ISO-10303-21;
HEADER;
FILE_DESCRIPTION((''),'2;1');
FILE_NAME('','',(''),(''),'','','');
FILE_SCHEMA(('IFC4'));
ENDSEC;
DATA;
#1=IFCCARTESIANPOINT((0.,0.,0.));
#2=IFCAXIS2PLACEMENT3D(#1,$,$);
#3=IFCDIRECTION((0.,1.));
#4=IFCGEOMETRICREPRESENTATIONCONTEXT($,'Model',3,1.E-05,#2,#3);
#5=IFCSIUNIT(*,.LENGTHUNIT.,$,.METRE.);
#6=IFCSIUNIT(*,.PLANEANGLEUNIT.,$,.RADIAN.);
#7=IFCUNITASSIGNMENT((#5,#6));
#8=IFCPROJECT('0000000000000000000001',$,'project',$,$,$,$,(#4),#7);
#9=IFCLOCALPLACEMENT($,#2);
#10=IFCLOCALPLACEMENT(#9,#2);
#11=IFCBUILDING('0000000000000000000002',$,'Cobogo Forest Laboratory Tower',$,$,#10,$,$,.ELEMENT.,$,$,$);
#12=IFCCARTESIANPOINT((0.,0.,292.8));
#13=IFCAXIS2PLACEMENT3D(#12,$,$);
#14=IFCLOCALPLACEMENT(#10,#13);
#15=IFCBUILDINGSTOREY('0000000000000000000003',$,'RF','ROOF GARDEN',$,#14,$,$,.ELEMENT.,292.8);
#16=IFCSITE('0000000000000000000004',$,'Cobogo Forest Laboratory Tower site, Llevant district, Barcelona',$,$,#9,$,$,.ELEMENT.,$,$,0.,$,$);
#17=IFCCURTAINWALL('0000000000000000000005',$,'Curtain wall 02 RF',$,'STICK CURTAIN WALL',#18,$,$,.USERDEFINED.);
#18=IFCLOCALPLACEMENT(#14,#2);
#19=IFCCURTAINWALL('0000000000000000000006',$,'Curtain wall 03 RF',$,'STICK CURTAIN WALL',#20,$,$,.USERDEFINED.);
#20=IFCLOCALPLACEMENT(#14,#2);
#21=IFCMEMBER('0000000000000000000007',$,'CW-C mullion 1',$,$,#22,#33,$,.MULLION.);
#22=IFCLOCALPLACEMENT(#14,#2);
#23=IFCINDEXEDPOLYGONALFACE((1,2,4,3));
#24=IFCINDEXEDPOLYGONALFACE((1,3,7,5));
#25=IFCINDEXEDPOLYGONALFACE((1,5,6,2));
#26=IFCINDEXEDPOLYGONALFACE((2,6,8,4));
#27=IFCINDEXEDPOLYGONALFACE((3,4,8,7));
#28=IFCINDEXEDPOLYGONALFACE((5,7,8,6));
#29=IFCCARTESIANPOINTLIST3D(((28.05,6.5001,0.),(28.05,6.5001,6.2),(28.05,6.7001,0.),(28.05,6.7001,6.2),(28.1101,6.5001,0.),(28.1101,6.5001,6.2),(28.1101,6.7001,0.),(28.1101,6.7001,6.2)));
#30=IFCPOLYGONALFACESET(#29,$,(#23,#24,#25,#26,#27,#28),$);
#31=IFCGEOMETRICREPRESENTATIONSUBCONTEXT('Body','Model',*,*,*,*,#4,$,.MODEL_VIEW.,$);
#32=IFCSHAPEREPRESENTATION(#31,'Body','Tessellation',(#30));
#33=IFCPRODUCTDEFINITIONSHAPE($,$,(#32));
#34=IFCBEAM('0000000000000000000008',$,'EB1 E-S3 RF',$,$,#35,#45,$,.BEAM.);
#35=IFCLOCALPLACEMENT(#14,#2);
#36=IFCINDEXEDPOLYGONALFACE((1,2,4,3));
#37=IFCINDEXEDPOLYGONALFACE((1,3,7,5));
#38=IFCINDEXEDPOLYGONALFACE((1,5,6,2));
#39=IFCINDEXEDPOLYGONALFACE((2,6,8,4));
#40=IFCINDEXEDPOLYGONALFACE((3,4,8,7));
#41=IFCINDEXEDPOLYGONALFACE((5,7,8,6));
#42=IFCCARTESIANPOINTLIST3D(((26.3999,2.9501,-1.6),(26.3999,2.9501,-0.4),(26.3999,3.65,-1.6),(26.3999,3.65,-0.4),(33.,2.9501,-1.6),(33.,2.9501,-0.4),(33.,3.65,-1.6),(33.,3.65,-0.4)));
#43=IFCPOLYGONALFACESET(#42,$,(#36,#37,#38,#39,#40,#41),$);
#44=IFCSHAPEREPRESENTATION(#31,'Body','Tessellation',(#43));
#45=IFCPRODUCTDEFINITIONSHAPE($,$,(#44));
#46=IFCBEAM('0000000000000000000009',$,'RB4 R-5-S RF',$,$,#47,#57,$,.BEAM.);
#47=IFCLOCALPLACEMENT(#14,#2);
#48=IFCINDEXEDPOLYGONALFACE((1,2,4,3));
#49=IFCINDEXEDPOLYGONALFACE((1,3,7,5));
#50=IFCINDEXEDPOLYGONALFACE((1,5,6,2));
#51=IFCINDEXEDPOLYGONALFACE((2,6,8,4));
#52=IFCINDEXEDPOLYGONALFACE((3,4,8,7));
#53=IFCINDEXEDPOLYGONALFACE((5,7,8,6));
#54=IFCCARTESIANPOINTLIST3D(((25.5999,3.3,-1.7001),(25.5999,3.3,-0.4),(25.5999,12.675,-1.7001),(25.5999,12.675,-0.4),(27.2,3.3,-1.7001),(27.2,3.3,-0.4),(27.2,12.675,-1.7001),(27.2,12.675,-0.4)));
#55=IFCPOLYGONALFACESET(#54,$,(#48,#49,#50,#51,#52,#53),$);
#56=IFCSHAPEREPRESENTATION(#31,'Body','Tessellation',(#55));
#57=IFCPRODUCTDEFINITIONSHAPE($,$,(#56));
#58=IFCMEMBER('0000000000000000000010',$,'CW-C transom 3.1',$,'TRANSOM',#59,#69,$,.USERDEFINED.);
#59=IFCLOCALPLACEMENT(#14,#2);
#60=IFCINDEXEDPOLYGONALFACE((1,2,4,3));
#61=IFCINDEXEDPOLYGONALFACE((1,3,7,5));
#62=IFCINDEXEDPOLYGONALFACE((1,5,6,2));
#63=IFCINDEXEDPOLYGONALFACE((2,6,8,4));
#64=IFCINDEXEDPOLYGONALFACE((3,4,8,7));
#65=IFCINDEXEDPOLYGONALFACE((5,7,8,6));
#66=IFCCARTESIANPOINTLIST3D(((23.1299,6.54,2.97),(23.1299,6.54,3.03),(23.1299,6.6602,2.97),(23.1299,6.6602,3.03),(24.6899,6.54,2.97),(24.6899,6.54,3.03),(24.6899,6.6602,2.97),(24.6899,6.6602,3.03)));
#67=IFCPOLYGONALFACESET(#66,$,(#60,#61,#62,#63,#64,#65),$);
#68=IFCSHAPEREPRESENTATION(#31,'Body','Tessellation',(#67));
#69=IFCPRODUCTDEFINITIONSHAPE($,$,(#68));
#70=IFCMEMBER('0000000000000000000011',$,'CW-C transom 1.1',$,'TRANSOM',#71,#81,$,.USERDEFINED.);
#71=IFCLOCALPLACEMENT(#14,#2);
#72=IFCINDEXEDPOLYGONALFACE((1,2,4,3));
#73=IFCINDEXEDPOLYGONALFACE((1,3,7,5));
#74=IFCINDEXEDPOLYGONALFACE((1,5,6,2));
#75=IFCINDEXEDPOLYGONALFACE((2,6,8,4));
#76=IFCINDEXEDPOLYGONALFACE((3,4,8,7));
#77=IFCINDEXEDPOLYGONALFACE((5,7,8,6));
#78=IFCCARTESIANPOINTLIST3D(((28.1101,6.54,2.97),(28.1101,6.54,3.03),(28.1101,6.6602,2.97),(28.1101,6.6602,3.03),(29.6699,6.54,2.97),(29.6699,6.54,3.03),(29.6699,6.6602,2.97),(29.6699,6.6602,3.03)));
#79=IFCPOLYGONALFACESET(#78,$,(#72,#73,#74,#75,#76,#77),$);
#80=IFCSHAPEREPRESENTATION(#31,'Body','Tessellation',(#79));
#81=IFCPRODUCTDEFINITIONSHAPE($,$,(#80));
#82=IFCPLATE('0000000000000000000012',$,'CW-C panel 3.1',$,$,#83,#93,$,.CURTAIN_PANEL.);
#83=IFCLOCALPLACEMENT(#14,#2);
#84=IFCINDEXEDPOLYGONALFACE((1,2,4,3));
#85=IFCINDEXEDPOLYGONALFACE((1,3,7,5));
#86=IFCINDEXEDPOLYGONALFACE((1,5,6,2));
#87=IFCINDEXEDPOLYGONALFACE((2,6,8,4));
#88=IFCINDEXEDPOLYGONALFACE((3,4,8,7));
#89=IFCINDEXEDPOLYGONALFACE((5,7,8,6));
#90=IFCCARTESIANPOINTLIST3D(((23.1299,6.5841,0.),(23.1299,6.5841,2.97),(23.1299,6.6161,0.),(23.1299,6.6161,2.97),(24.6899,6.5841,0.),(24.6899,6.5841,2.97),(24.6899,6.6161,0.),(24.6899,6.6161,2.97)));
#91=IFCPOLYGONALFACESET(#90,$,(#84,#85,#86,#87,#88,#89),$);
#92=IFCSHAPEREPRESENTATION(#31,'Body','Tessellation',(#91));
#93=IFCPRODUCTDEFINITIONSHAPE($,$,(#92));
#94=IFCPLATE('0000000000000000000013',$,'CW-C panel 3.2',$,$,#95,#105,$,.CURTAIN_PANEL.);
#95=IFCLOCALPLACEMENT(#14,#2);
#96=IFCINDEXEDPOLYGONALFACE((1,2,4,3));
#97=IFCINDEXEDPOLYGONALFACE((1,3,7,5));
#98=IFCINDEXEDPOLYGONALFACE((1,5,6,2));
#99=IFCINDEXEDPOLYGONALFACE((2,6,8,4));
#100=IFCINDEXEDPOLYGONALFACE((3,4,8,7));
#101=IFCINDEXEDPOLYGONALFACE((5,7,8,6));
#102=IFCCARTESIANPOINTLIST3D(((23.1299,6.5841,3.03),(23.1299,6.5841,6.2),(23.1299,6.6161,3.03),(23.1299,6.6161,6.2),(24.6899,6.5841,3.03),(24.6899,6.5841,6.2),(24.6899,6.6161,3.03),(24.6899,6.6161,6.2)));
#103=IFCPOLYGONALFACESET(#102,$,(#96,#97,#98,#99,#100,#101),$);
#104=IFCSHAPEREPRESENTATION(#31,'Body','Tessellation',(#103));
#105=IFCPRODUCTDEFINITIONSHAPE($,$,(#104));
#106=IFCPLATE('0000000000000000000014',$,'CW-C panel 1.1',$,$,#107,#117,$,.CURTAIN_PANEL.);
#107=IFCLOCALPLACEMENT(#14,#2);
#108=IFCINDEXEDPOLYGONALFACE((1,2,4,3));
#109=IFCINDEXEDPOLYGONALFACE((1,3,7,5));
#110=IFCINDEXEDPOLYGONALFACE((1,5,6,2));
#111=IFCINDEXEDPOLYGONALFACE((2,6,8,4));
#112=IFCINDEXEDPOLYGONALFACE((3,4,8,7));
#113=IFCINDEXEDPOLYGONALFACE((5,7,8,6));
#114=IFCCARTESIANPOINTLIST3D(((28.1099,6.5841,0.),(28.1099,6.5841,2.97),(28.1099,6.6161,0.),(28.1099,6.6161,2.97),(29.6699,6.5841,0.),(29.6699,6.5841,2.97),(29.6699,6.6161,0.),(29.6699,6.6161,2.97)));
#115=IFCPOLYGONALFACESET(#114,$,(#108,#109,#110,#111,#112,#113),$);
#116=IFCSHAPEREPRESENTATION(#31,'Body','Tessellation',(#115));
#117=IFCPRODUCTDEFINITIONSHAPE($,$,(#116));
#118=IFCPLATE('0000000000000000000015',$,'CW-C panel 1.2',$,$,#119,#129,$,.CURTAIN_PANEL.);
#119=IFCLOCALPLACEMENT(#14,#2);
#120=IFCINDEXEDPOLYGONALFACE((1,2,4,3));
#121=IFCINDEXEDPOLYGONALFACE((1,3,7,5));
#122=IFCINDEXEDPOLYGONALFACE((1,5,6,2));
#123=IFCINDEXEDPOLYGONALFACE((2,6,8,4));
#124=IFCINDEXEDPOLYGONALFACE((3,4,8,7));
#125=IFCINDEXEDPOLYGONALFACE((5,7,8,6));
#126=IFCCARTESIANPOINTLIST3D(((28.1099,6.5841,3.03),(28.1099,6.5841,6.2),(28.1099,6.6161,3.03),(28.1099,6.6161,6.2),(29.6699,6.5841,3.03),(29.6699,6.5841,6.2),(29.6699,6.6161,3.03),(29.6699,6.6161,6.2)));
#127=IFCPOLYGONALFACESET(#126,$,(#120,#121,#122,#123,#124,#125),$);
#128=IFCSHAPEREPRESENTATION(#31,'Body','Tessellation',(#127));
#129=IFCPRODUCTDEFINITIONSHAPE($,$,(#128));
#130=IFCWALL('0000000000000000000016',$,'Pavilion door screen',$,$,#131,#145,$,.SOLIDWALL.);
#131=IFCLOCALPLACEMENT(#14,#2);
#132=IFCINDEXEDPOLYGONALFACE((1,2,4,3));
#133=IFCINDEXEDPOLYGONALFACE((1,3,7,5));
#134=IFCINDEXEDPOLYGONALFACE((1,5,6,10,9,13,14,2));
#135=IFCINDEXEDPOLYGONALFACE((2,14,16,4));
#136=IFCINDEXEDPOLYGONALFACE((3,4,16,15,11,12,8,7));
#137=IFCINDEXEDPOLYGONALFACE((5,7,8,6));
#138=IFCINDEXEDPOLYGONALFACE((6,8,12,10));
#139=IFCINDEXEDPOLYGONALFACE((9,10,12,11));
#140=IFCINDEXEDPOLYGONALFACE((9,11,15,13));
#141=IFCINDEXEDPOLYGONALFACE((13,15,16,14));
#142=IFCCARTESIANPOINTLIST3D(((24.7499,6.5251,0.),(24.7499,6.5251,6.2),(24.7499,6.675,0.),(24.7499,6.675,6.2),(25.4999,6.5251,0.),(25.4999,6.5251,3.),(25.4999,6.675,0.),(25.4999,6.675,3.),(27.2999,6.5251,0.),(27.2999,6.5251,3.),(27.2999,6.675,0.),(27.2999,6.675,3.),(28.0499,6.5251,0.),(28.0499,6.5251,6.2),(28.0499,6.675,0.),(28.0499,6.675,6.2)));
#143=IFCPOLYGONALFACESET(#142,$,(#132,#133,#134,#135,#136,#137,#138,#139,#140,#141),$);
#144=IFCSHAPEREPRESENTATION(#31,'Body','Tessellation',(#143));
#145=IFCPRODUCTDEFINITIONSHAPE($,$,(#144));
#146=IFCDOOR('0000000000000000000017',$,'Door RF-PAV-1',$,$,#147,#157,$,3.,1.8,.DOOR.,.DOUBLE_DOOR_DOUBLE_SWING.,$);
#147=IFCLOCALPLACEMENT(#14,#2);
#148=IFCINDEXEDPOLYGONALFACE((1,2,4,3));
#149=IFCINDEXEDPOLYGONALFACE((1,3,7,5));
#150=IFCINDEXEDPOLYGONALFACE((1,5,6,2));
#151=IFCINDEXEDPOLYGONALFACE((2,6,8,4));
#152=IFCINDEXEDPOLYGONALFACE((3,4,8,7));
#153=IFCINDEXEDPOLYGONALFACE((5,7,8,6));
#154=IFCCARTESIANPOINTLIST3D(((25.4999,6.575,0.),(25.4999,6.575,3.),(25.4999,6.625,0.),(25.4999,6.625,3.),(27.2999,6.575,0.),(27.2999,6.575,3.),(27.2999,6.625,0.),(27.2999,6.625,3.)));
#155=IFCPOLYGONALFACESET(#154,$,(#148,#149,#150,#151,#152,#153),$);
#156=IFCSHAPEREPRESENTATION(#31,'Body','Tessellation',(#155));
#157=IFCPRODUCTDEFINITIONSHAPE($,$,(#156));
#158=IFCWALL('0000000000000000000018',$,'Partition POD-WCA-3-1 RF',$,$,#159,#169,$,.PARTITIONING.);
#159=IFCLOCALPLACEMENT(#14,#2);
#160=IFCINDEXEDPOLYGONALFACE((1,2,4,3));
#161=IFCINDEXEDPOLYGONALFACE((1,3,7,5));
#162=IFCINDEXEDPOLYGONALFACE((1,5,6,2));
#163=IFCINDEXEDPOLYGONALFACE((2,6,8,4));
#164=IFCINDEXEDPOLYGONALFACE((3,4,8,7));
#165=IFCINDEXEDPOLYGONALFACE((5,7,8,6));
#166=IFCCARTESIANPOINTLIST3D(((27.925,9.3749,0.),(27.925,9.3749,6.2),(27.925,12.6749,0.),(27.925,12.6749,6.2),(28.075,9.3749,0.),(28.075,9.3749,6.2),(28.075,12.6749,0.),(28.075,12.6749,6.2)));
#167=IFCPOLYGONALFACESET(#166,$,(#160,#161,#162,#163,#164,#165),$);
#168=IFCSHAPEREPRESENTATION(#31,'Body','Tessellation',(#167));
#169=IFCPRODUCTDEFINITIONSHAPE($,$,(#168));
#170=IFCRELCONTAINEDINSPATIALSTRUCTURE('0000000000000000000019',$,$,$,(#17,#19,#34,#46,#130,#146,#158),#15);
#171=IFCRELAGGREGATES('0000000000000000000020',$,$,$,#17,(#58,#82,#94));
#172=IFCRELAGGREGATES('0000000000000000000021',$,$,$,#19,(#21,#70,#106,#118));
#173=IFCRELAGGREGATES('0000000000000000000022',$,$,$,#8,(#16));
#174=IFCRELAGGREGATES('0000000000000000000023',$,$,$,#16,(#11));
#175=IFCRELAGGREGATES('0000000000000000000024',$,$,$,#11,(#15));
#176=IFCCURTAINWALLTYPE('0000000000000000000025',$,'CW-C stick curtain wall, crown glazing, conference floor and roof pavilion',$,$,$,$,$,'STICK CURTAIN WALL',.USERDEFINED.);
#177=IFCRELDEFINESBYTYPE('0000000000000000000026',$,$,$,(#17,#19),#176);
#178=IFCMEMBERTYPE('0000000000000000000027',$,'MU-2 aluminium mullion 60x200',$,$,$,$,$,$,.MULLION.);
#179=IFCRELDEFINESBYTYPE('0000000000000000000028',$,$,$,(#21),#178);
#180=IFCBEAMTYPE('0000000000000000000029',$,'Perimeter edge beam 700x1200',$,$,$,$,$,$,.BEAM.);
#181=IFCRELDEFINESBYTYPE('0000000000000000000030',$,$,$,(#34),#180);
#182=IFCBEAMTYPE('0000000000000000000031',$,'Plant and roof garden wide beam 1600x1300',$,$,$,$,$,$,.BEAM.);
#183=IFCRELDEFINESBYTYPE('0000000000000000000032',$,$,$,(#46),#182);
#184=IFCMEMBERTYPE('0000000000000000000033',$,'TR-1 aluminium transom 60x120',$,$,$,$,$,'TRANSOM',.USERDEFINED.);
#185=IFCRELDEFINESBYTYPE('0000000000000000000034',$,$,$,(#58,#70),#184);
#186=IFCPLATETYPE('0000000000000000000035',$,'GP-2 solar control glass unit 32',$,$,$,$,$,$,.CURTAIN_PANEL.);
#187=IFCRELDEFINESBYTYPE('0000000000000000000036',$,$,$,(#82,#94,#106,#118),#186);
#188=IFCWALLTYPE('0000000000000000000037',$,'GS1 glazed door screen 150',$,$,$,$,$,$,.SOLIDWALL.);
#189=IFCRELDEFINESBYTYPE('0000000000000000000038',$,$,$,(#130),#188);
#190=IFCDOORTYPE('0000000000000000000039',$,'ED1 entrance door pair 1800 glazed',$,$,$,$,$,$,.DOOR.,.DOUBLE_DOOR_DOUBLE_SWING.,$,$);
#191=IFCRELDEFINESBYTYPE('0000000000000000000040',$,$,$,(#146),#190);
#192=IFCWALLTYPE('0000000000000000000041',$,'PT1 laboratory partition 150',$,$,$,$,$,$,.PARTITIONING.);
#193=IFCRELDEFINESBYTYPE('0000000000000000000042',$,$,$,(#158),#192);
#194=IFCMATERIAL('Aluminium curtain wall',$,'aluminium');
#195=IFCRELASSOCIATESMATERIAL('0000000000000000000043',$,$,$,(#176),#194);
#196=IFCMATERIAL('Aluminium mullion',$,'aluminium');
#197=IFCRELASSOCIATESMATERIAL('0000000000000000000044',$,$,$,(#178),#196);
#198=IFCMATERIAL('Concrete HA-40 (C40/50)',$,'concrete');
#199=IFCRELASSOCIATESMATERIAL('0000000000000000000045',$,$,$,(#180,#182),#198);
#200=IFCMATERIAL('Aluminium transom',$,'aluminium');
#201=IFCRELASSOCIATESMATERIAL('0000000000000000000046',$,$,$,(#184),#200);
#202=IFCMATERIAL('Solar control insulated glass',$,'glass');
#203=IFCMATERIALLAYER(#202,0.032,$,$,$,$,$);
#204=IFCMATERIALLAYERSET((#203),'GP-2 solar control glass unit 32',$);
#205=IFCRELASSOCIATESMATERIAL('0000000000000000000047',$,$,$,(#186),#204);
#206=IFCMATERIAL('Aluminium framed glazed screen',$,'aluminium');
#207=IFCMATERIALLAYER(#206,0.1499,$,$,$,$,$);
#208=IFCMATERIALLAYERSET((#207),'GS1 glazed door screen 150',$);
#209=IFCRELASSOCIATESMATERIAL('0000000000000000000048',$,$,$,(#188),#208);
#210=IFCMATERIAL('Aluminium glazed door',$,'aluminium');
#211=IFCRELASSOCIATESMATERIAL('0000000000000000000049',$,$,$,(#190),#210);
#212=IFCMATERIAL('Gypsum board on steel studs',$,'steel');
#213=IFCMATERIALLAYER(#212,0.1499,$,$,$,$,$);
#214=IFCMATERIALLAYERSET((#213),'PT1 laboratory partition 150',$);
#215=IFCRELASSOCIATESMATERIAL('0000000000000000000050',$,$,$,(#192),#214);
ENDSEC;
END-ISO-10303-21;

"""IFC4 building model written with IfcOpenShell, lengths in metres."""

from ifc_helpers import new_model, si_unit, direction, frame, frame_2d, origin, origin_2d, place, context, subcontext, project, spatial, rectangle, extrude, material, layer, layer_set, material_profile, profile_set, type_object, element, fill, aggregate, save


model = new_model("IFC4")

# Units and contexts
model_context = context("Model", 3, precision=1e-05, world=origin(), true_north=direction((0.0, 1.0)))
body_context = subcontext(model_context, "Body", "Model", "MODEL_VIEW")
ifc_project = project(units=[si_unit("LENGTHUNIT", "METRE"), si_unit("PLANEANGLEUNIT", "RADIAN")], contexts=[model_context])

# Site, building, storey
site_placement = place(None, origin())
site = spatial("IfcSite", under=ifc_project, at=site_placement, Name="Cobogo Forest Laboratory Tower site, Llevant district, Barcelona", CompositionType="ELEMENT", RefElevation=0.0)
building_placement = place(site_placement, origin())
building = spatial("IfcBuilding", under=site, at=building_placement, Name="Cobogo Forest Laboratory Tower", CompositionType="ELEMENT")
storey_placement = place(building_placement, frame((0.0, 0.0, 292.8)))
storey = spatial("IfcBuildingStorey", under=building, at=storey_placement, Name="RF", Description="ROOF GARDEN", CompositionType="ELEMENT", Elevation=292.8)

# Curtain wall
ifc_material_1 = material(Name="Aluminium curtain wall", Category="aluminium")
curtain_wall_type = type_object("IfcCurtainWallType", Name="CW-C stick curtain wall, crown glazing, conference floor and roof pavilion", ElementType="STICK CURTAIN WALL", PredefinedType="USERDEFINED", material=ifc_material_1)
curtain_wall_1_placement = place(storey_placement, origin())
curtain_wall_1 = element("IfcCurtainWall", 1, at=curtain_wall_1_placement, inside=storey, type_object=curtain_wall_type, Name="Curtain wall 02 RF", ObjectType="STICK CURTAIN WALL", PredefinedType="USERDEFINED")
ifc_material_2 = material(Name="Aluminium mullion", Category="aluminium")
ifc_material_profile_1 = material_profile(ifc_material_2, rectangle(XDim=0.0601, YDim=0.2, at=origin_2d()), Name="AL 60x200")
ifc_profile_set_1 = profile_set([ifc_material_profile_1], Name="Aluminium mullion")
member_type_1 = type_object("IfcMemberType", Name="MU-2 aluminium mullion 60x200", PredefinedType="MULLION", material=ifc_profile_set_1)

# Curtain wall, member
curtain_wall_2_placement = place(storey_placement, origin())
curtain_wall_2 = element("IfcCurtainWall", 2, at=curtain_wall_2_placement, inside=storey, type_object=curtain_wall_type, Name="Curtain wall 03 RF", ObjectType="STICK CURTAIN WALL", PredefinedType="USERDEFINED")
member_1_placement = place(storey_placement, frame((28.0801, 6.6001, 0.0), z_axis=(0.0, 0.0, 1.0), x_axis=(1.0, 0.0, 0.0)))
member_1 = element("IfcMember", 3, at=member_1_placement, type_object=member_type_1, Name="CW-C mullion 1", PredefinedType="MULLION", context=body_context, shape_type="SweptSolid", body=[
    extrude(rectangle(XDim=0.0601, YDim=0.2, at=origin_2d()), origin(), (0.0, 0.0, 1.0), 6.2),
])

# Beams
ifc_material_3 = material(Name="Concrete HA-40 (C40/50)", Category="concrete")
ifc_material_profile_2 = material_profile(ifc_material_3, rectangle(XDim=0.7, YDim=1.2, at=origin_2d()), Name="RC 700x1200")
ifc_profile_set_2 = profile_set([ifc_material_profile_2], Name="Concrete HA-40 (C40/50)")
beam_type_1 = type_object("IfcBeamType", Name="Perimeter edge beam 700x1200", PredefinedType="BEAM", material=ifc_profile_set_2)
beam_1_placement = place(storey_placement, frame((26.3999, 3.3, -1.0), z_axis=(1.0, 0.0, 0.0), x_axis=(0.0, 1.0, 0.0)))
element("IfcBeam", 4, at=beam_1_placement, inside=storey, type_object=beam_type_1, Name="EB1 E-S3 RF", PredefinedType="BEAM", context=body_context, shape_type="SweptSolid", body=[
    extrude(rectangle(XDim=0.7, YDim=1.2, at=origin_2d()), origin(), (0.0, 0.0, 1.0), 6.6001),
])
ifc_material_profile_3 = material_profile(ifc_material_3, rectangle(XDim=1.6001, YDim=1.3, at=origin_2d()), Name="RC 1600x1300")
ifc_profile_set_3 = profile_set([ifc_material_profile_3], Name="Concrete HA-40 (C40/50)")
beam_type_2 = type_object("IfcBeamType", Name="Plant and roof garden wide beam 1600x1300", PredefinedType="BEAM", material=ifc_profile_set_3)
beam_2_placement = place(storey_placement, frame((26.3999, 12.675, -1.05), z_axis=(0.0, -1.0, 0.0), x_axis=(1.0, 0.0, 0.0)))
element("IfcBeam", 5, at=beam_2_placement, inside=storey, type_object=beam_type_2, Name="RB4 R-5-S RF", PredefinedType="BEAM", context=body_context, shape_type="SweptSolid", body=[
    extrude(rectangle(XDim=1.6001, YDim=1.3, at=origin_2d()), origin(), (0.0, 0.0, 1.0), 9.375),
])

# Members
ifc_material_4 = material(Name="Aluminium transom", Category="aluminium")
ifc_material_profile_4 = material_profile(ifc_material_4, rectangle(XDim=0.1201, YDim=0.0601, at=origin_2d()), Name="AL 60x120")
ifc_profile_set_4 = profile_set([ifc_material_profile_4], Name="Aluminium transom")
member_type_2 = type_object("IfcMemberType", Name="TR-1 aluminium transom 60x120", ElementType="TRANSOM", PredefinedType="USERDEFINED", material=ifc_profile_set_4)
member_2_placement = place(storey_placement, frame((23.1299, 6.6001, 3.0), z_axis=(1.0, 0.0, 0.0), x_axis=(0.0, 1.0, 0.0)))
member_2 = element("IfcMember", 6, at=member_2_placement, type_object=member_type_2, Name="CW-C transom 3.1", ObjectType="TRANSOM", PredefinedType="USERDEFINED", context=body_context, shape_type="SweptSolid", body=[
    extrude(rectangle(XDim=0.1201, YDim=0.0601, at=origin_2d()), origin(), (0.0, 0.0, 1.0), 1.5601),
])
member_3_placement = place(storey_placement, frame((28.1101, 6.6001, 3.0), z_axis=(1.0, 0.0, 0.0), x_axis=(0.0, 1.0, 0.0)))
member_3 = element("IfcMember", 7, at=member_3_placement, type_object=member_type_2, Name="CW-C transom 1.1", ObjectType="TRANSOM", PredefinedType="USERDEFINED", context=body_context, shape_type="SweptSolid", body=[
    extrude(rectangle(XDim=0.1201, YDim=0.0601, at=origin_2d()), origin(), (0.0, 0.0, 1.0), 1.5598),
])

# Plates
ifc_material_5 = material(Name="Solar control insulated glass", Category="glass")
ifc_layer_1 = layer(ifc_material_5, 0.032)
ifc_layer_set_1 = layer_set([ifc_layer_1], Name="GP-2 solar control glass unit 32")
plate_type = type_object("IfcPlateType", Name="GP-2 solar control glass unit 32", PredefinedType="CURTAIN_PANEL", material=ifc_layer_set_1)
plate_1_placement = place(storey_placement, frame((23.9099, 6.6001, 0.0), z_axis=(0.0, 0.0, 1.0), x_axis=(1.0, 0.0, 0.0)))
plate_1 = element("IfcPlate", 8, at=plate_1_placement, type_object=plate_type, Name="CW-C panel 3.1", PredefinedType="CURTAIN_PANEL", context=body_context, shape_type="SweptSolid", body=[
    extrude(rectangle(XDim=1.5601, YDim=0.032, at=origin_2d()), origin(), (0.0, 0.0, 1.0), 2.97),
])
plate_2_placement = place(storey_placement, frame((23.9099, 6.6001, 3.03), z_axis=(0.0, 0.0, 1.0), x_axis=(1.0, 0.0, 0.0)))
plate_2 = element("IfcPlate", 9, at=plate_2_placement, type_object=plate_type, Name="CW-C panel 3.2", PredefinedType="CURTAIN_PANEL", context=body_context, shape_type="SweptSolid", body=[
    extrude(rectangle(XDim=1.5601, YDim=0.032, at=origin_2d()), origin(), (0.0, 0.0, 1.0), 3.1699),
])
aggregate(curtain_wall_1, [member_2, plate_1, plate_2])
plate_3_placement = place(storey_placement, frame((28.8899, 6.6001, 0.0), z_axis=(0.0, 0.0, 1.0), x_axis=(1.0, 0.0, 0.0)))
plate_3 = element("IfcPlate", 10, at=plate_3_placement, type_object=plate_type, Name="CW-C panel 1.1", PredefinedType="CURTAIN_PANEL", context=body_context, shape_type="SweptSolid", body=[
    extrude(rectangle(XDim=1.5601, YDim=0.032, at=origin_2d()), origin(), (0.0, 0.0, 1.0), 2.97),
])
plate_4_placement = place(storey_placement, frame((28.8899, 6.6001, 3.03), z_axis=(0.0, 0.0, 1.0), x_axis=(1.0, 0.0, 0.0)))
plate_4 = element("IfcPlate", 11, at=plate_4_placement, type_object=plate_type, Name="CW-C panel 1.2", PredefinedType="CURTAIN_PANEL", context=body_context, shape_type="SweptSolid", body=[
    extrude(rectangle(XDim=1.5601, YDim=0.032, at=origin_2d()), origin(), (0.0, 0.0, 1.0), 3.1699),
])
aggregate(curtain_wall_2, [member_1, member_3, plate_3, plate_4])

# Wall, opening, door
ifc_material_6 = material(Name="Aluminium framed glazed screen", Category="aluminium")
ifc_layer_2 = layer(ifc_material_6, 0.1499)
ifc_layer_set_2 = layer_set([ifc_layer_2], Name="GS1 glazed door screen 150")
wall_type_1 = type_object("IfcWallType", Name="GS1 glazed door screen 150", PredefinedType="SOLIDWALL", material=ifc_layer_set_2)
wall_1_placement = place(storey_placement, frame((24.75, 6.6001, 0.0), z_axis=(0.0, 0.0, 1.0), x_axis=(1.0, 0.0, 0.0)))
wall_1 = element("IfcWall", 12, at=wall_1_placement, inside=storey, type_object=wall_type_1, Name="Pavilion door screen", PredefinedType="SOLIDWALL", context=body_context, shape_type="SweptSolid", body=[
    extrude(rectangle(XDim=3.3, YDim=0.1499, at=frame_2d((1.6499, 0.0))), origin(), (0.0, 0.0, 1.0), 6.2),
])
opening_placement = place(wall_1_placement, frame((0.75, 0.0, 0.0)))
opening = element("IfcOpeningElement", 13, at=opening_placement, cuts=wall_1, PredefinedType="OPENING", context=body_context, shape_type="SweptSolid", body=[
    extrude(rectangle(XDim=1.8, YDim=3.0, at=frame_2d((0.8999, 1.5))), frame((0.0, 0.085, 0.0), z_axis=(0.0, -1.0, 0.0), x_axis=(1.0, 0.0, 0.0)), (0.0, 0.0, 1.0), 0.1699),
])
ifc_material_7 = material(Name="Aluminium glazed door", Category="aluminium")
door_type = type_object("IfcDoorType", Name="ED1 entrance door pair 1800 glazed", OperationType="DOUBLE_DOOR_DOUBLE_SWING", PredefinedType="DOOR", material=ifc_material_7)
door_placement = place(opening_placement, origin())
door = element("IfcDoor", 14, at=door_placement, inside=storey, type_object=door_type, Name="Door RF-PAV-1", OperationType="DOUBLE_DOOR_DOUBLE_SWING", OverallHeight=3.0, OverallWidth=1.8, PredefinedType="DOOR", context=body_context, shape_type="SweptSolid", body=[
    extrude(rectangle(XDim=1.8, YDim=3.0, at=frame_2d((0.8999, 1.5))), frame((0.0, 0.0249, 0.0), z_axis=(0.0, -1.0, 0.0), x_axis=(1.0, 0.0, 0.0)), (0.0, 0.0, 1.0), 0.05),
])
fill(opening, door)

# Wall
ifc_material_8 = material(Name="Gypsum board on steel studs", Category="steel")
ifc_layer_3 = layer(ifc_material_8, 0.1499)
ifc_layer_set_3 = layer_set([ifc_layer_3], Name="PT1 laboratory partition 150")
wall_type_2 = type_object("IfcWallType", Name="PT1 laboratory partition 150", PredefinedType="PARTITIONING", material=ifc_layer_set_3)
wall_2_placement = place(storey_placement, frame((28.0, 9.375, 0.0), z_axis=(0.0, 0.0, 1.0), x_axis=(0.0, 1.0, 0.0)))
element("IfcWall", 15, at=wall_2_placement, inside=storey, type_object=wall_type_2, Name="Partition POD-WCA-3-1 RF", PredefinedType="PARTITIONING", context=body_context, shape_type="SweptSolid", body=[
    extrude(rectangle(XDim=3.3, YDim=0.1499, at=frame_2d((1.6499, 0.0))), origin(), (0.0, 0.0, 1.0), 6.2),
])

save(model, "model.ifc")
